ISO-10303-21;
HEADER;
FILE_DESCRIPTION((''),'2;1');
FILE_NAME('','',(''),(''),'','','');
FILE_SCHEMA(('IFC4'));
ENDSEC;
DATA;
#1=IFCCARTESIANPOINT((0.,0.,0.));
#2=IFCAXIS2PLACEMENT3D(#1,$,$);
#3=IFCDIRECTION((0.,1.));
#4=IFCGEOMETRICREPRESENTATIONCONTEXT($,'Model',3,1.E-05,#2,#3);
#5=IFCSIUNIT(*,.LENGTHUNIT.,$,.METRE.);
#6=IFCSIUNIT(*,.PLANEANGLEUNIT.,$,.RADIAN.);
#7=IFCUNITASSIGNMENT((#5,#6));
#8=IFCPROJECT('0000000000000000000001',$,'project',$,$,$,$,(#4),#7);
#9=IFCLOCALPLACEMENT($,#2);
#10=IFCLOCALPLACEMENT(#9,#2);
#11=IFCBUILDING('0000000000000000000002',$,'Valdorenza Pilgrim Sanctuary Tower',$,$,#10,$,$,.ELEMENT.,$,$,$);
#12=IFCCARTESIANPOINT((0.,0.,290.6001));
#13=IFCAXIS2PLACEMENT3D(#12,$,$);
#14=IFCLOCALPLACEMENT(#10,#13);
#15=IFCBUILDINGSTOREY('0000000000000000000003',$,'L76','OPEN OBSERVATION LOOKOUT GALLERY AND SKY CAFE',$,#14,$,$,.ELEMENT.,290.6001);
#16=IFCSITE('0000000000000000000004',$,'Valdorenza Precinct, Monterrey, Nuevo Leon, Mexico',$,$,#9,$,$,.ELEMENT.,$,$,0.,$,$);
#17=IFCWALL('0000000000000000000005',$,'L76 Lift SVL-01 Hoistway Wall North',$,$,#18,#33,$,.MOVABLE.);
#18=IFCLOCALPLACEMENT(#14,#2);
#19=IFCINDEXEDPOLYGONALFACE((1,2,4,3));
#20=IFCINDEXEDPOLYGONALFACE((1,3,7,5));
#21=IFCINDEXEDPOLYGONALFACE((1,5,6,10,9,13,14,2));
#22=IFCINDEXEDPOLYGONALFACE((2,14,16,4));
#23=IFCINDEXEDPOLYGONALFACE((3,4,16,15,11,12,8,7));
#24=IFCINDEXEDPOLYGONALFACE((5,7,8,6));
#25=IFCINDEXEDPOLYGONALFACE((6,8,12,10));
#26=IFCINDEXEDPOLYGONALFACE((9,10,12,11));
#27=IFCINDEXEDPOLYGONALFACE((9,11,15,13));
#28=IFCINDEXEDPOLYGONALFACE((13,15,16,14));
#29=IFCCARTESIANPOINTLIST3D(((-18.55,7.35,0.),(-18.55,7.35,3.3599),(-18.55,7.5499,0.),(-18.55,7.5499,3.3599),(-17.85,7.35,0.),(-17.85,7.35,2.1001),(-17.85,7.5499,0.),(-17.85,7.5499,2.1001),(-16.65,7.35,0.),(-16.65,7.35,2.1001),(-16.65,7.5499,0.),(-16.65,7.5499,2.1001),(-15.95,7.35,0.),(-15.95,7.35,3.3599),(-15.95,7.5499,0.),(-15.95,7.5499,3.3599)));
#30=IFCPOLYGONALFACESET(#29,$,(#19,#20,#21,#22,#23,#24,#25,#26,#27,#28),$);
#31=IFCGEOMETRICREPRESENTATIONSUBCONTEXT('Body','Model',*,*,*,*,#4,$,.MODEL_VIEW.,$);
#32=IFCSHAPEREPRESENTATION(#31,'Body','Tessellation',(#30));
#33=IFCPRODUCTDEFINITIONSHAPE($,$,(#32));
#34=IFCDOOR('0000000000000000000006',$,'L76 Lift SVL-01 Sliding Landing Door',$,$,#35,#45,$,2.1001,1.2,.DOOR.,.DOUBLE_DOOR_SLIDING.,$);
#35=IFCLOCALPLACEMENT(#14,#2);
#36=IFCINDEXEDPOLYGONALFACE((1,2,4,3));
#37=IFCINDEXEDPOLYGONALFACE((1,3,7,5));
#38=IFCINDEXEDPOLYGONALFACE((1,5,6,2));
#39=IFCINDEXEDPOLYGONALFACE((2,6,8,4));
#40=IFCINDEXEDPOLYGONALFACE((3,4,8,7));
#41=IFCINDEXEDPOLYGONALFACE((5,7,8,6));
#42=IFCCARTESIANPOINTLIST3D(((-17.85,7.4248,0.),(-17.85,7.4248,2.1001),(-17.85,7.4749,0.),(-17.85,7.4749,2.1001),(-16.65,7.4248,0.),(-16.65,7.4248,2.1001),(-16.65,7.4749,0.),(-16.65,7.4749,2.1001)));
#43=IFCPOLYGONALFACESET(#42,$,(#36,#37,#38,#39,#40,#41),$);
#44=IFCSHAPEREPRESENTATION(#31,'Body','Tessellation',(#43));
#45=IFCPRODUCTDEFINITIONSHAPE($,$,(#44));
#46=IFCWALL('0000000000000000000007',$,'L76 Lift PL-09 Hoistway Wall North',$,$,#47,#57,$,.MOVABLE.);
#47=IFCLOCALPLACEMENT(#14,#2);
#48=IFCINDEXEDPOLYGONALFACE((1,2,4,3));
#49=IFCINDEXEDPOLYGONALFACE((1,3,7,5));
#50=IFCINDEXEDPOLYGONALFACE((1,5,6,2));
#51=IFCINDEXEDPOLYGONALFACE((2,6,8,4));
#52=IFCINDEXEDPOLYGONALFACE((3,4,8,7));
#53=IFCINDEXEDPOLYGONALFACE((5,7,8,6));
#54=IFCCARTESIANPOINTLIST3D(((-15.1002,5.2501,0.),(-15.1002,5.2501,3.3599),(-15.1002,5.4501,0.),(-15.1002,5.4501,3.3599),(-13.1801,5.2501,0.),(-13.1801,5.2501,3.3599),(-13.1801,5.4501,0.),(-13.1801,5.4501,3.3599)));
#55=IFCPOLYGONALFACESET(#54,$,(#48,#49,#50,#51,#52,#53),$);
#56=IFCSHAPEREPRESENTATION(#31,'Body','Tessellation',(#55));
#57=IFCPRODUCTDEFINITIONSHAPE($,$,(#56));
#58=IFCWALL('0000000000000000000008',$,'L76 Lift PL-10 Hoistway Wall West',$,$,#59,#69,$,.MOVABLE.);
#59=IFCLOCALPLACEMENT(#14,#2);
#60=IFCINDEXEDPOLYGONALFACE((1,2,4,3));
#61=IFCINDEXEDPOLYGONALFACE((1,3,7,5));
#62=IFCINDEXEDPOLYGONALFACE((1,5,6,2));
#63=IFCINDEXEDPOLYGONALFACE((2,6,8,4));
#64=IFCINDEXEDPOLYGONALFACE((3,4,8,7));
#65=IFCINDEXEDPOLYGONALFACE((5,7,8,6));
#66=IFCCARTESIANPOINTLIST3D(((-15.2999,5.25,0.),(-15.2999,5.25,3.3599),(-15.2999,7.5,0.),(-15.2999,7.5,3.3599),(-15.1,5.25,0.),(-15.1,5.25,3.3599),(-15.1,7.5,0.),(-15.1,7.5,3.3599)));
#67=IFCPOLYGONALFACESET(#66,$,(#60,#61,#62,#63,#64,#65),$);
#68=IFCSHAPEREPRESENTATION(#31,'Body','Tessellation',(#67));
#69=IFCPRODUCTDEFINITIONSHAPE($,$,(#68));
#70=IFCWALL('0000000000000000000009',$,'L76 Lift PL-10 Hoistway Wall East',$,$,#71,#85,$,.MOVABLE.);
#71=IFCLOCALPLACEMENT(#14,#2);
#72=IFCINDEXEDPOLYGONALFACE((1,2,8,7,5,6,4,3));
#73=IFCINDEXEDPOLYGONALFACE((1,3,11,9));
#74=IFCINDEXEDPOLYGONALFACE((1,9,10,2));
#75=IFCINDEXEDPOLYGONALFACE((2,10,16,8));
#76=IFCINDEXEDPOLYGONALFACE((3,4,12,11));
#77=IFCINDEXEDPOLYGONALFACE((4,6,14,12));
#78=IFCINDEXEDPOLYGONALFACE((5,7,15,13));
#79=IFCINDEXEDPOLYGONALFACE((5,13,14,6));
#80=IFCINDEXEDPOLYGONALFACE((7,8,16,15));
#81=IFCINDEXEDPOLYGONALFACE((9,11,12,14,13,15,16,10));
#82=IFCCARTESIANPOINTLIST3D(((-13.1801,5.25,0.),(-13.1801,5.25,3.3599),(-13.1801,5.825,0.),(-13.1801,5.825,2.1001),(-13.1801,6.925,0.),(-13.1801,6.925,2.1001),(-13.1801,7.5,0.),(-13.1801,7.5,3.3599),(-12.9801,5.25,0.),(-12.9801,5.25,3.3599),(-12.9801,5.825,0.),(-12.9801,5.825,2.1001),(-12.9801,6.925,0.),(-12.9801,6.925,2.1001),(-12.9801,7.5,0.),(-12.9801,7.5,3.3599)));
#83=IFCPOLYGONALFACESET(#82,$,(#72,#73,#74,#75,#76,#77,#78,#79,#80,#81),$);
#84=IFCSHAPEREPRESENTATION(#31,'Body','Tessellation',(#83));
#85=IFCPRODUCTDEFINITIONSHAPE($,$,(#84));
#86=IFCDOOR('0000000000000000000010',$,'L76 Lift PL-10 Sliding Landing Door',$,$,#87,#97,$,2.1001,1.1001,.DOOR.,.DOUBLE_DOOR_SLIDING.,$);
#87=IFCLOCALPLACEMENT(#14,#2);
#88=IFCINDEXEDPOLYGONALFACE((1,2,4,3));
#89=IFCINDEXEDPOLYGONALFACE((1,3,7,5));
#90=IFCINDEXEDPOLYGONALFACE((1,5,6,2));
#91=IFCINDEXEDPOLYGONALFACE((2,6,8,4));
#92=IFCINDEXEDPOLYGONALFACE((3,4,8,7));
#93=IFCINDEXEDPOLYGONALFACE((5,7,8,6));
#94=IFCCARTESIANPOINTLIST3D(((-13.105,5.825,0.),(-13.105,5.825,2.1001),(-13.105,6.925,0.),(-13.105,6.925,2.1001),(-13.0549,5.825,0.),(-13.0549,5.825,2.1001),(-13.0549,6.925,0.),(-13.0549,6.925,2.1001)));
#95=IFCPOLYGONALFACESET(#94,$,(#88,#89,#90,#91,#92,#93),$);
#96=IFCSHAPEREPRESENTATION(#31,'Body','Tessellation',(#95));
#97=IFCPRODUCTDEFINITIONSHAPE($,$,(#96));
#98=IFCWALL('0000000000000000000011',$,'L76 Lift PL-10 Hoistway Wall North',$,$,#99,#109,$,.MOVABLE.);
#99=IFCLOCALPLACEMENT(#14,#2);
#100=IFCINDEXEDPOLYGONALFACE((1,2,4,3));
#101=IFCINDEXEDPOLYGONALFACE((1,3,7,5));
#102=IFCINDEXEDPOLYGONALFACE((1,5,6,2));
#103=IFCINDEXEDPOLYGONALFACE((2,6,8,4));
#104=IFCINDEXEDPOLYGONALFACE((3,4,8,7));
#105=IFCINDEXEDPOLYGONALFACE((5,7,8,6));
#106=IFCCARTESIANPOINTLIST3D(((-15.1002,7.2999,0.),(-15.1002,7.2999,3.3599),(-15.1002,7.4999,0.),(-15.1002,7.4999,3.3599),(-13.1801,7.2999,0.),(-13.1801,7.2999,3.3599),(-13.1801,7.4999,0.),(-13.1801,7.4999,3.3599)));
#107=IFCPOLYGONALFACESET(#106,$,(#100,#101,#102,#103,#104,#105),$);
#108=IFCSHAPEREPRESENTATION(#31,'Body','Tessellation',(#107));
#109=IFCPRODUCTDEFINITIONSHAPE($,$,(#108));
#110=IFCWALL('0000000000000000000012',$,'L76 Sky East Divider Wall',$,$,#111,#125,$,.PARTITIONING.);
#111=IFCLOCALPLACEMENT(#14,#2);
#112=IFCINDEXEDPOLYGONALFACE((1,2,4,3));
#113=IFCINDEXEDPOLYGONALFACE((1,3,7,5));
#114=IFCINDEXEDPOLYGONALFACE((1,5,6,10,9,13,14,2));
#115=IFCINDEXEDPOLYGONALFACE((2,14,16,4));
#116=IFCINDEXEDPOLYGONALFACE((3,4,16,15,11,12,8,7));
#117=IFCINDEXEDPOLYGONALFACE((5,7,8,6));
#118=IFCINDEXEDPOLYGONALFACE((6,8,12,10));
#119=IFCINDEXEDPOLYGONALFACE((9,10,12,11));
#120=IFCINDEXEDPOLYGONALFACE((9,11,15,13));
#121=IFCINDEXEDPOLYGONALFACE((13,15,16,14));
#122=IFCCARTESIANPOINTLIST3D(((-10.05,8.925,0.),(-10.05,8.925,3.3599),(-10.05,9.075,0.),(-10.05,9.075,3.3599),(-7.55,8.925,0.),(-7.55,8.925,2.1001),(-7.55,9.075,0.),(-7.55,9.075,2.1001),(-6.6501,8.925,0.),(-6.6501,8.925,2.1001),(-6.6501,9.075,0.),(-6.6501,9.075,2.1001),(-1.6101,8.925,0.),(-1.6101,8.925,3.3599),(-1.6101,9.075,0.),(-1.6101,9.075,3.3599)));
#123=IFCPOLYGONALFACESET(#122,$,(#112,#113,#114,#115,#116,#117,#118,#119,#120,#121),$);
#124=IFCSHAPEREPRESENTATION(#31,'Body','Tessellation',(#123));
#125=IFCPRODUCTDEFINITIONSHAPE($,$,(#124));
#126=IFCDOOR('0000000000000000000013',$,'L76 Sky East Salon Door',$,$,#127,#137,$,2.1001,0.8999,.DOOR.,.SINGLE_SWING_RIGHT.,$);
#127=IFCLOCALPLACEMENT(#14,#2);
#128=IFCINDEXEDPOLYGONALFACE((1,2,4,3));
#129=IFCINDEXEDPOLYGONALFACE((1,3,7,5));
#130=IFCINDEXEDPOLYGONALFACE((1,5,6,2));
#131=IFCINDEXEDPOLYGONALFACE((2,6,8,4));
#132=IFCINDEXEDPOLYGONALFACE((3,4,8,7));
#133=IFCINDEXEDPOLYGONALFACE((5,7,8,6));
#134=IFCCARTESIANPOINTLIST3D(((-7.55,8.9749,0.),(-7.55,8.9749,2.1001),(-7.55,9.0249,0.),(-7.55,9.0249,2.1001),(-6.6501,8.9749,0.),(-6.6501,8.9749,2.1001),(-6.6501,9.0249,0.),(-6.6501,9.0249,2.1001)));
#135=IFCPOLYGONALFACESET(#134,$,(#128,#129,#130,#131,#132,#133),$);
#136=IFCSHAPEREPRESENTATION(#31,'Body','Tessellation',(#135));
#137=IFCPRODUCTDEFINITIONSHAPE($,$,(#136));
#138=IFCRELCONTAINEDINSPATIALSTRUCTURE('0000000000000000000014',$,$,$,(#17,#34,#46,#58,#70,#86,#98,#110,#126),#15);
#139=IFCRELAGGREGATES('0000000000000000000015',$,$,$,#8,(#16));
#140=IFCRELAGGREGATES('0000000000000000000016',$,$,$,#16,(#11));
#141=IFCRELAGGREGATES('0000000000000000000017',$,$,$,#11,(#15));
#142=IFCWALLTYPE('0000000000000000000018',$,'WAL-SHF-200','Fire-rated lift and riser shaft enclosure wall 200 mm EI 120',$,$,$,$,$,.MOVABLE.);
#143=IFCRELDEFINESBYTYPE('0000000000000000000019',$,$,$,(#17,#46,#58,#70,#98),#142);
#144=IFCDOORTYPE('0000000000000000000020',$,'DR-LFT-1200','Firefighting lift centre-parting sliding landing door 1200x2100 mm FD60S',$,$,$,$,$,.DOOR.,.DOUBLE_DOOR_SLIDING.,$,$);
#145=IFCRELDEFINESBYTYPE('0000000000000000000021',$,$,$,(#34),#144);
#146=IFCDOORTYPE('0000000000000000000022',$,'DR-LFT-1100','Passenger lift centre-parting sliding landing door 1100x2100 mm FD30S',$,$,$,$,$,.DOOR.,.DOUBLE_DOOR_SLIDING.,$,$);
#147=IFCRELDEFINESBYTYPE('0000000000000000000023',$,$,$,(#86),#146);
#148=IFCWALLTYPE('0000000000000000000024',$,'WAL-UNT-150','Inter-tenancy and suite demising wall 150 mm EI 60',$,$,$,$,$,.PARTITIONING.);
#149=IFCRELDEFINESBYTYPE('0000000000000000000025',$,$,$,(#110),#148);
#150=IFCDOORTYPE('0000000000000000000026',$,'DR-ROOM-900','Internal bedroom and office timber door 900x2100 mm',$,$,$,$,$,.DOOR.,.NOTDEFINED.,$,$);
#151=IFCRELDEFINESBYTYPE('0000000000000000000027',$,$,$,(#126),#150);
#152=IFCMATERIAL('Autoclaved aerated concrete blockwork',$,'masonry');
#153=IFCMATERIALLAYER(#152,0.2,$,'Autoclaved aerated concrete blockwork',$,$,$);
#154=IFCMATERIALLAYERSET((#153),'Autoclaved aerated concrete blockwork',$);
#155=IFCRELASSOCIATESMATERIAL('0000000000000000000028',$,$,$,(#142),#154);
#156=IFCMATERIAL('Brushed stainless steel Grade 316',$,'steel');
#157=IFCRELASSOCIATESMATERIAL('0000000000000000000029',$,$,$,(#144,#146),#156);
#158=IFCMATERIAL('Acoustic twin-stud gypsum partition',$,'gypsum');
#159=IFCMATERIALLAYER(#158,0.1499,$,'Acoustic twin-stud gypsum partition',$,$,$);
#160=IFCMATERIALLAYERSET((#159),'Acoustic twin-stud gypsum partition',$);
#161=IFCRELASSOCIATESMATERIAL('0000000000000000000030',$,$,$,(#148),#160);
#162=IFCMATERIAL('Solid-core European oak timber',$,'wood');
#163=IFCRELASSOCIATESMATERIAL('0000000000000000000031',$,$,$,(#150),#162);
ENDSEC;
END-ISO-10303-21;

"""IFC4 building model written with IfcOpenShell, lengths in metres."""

from ifc_helpers import new_model, si_unit, direction, frame, frame_2d, origin, place, context, subcontext, project, spatial, rectangle, extrude, material, layer, layer_set, type_object, element, fill, save


model = new_model("IFC4")

# Units and contexts
model_context = context("Model", 3, precision=1e-05, world=origin(), true_north=direction((0.0, 1.0)))
body_context = subcontext(model_context, "Body", "Model", "MODEL_VIEW")
ifc_project = project(units=[si_unit("LENGTHUNIT", "METRE"), si_unit("PLANEANGLEUNIT", "RADIAN")], contexts=[model_context])

# Site, building, storey
site_placement = place(None, origin())
site = spatial("IfcSite", under=ifc_project, at=site_placement, Name="Valdorenza Precinct, Monterrey, Nuevo Leon, Mexico", CompositionType="ELEMENT", RefElevation=0.0)
building_placement = place(site_placement, origin())
building = spatial("IfcBuilding", under=site, at=building_placement, Name="Valdorenza Pilgrim Sanctuary Tower", CompositionType="ELEMENT")
storey_placement = place(building_placement, frame((0.0, 0.0, 290.6001)))
storey = spatial("IfcBuildingStorey", under=building, at=storey_placement, Name="L76", Description="OPEN OBSERVATION LOOKOUT GALLERY AND SKY CAFE", CompositionType="ELEMENT", Elevation=290.6001)

# Shared definitions
ifc_material_1 = material(Name="Acoustic twin-stud gypsum partition", Category="gypsum")

# Shared definitions
ifc_material_2 = material(Name="Solid-core European oak timber", Category="wood")

# Wall, opening, door
ifc_material_3 = material(Name="Autoclaved aerated concrete blockwork", Category="masonry")
ifc_layer_1 = layer(ifc_material_3, 0.2, Name="Autoclaved aerated concrete blockwork")
ifc_layer_set_1 = layer_set([ifc_layer_1], Name="Autoclaved aerated concrete blockwork")
wall_type_1 = type_object("IfcWallType", Name="WAL-SHF-200", Description="Fire-rated lift and riser shaft enclosure wall 200 mm EI 120", PredefinedType="MOVABLE", material=ifc_layer_set_1)
wall_1_placement = place(storey_placement, frame((-18.55, 7.45, 0.0), z_axis=(0.0, 0.0, 1.0), x_axis=(1.0, 0.0, 0.0)))
wall_1 = element("IfcWall", 1, at=wall_1_placement, inside=storey, type_object=wall_type_1, Name="L76 Lift SVL-01 Hoistway Wall North", PredefinedType="MOVABLE", context=body_context, shape_type="SweptSolid", body=[
    extrude(rectangle(XDim=2.6001, YDim=0.2, at=frame_2d((1.3, 0.0))), origin(), (0.0, 0.0, 1.0), 3.3599),
])
opening_1_placement = place(wall_1_placement, frame((0.7, 0.0, 0.0)))
opening_1 = element("IfcOpeningElement", 2, at=opening_1_placement, cuts=wall_1, PredefinedType="OPENING", context=body_context, shape_type="SweptSolid", body=[
    extrude(rectangle(XDim=1.2, YDim=2.1001, at=frame_2d((0.6001, 1.05))), frame((0.0, 0.1147, 0.0), z_axis=(0.0, -1.0, 0.0), x_axis=(1.0, 0.0, 0.0)), (0.0, 0.0, 1.0), 0.2297),
])
ifc_material_4 = material(Name="Brushed stainless steel Grade 316", Category="steel")
door_type_1 = type_object("IfcDoorType", Name="DR-LFT-1200", Description="Firefighting lift centre-parting sliding landing door 1200x2100 mm FD60S", OperationType="DOUBLE_DOOR_SLIDING", PredefinedType="DOOR", material=ifc_material_4)
door_1_placement = place(opening_1_placement, origin())
door_1 = element("IfcDoor", 3, at=door_1_placement, inside=storey, type_object=door_type_1, Name="L76 Lift SVL-01 Sliding Landing Door", OperationType="DOUBLE_DOOR_SLIDING", OverallHeight=2.1001, OverallWidth=1.2, PredefinedType="DOOR", context=body_context, shape_type="SweptSolid", body=[
    extrude(rectangle(XDim=1.2, YDim=2.1001, at=frame_2d((0.6001, 1.05))), frame((0.0, 0.0249, 0.0), z_axis=(0.0, -1.0, 0.0), x_axis=(1.0, 0.0, 0.0)), (0.0, 0.0, 1.0), 0.05),
])
fill(opening_1, door_1)

# Walls
wall_2_placement = place(storey_placement, frame((-15.1001, 5.3501, 0.0), z_axis=(0.0, 0.0, 1.0), x_axis=(1.0, 0.0, 0.0)))
element("IfcWall", 4, at=wall_2_placement, inside=storey, type_object=wall_type_1, Name="L76 Lift PL-09 Hoistway Wall North", PredefinedType="MOVABLE", context=body_context, shape_type="SweptSolid", body=[
    extrude(rectangle(XDim=1.9202, YDim=0.2, at=frame_2d((0.96, 0.0))), origin(), (0.0, 0.0, 1.0), 3.3599),
])
wall_3_placement = place(storey_placement, frame((-15.2, 5.25, 0.0), z_axis=(0.0, 0.0, 1.0), x_axis=(0.0, 1.0, 0.0)))
element("IfcWall", 5, at=wall_3_placement, inside=storey, type_object=wall_type_1, Name="L76 Lift PL-10 Hoistway Wall West", PredefinedType="MOVABLE", context=body_context, shape_type="SweptSolid", body=[
    extrude(rectangle(XDim=2.25, YDim=0.2, at=frame_2d((1.125, 0.0))), origin(), (0.0, 0.0, 1.0), 3.3599),
])

# Wall, opening, door
wall_4_placement = place(storey_placement, frame((-13.0801, 5.25, 0.0), z_axis=(0.0, 0.0, 1.0), x_axis=(0.0, 1.0, 0.0)))
wall_4 = element("IfcWall", 6, at=wall_4_placement, inside=storey, type_object=wall_type_1, Name="L76 Lift PL-10 Hoistway Wall East", PredefinedType="MOVABLE", context=body_context, shape_type="SweptSolid", body=[
    extrude(rectangle(XDim=2.25, YDim=0.2, at=frame_2d((1.125, 0.0))), origin(), (0.0, 0.0, 1.0), 3.3599),
])
opening_2_placement = place(wall_4_placement, frame((0.575, 0.0, 0.0)))
opening_2 = element("IfcOpeningElement", 7, at=opening_2_placement, cuts=wall_4, PredefinedType="OPENING", context=body_context, shape_type="SweptSolid", body=[
    extrude(rectangle(XDim=1.1001, YDim=2.1001, at=frame_2d((0.55, 1.05))), frame((0.0, 0.1147, 0.0), z_axis=(0.0, -1.0, 0.0), x_axis=(1.0, 0.0, 0.0)), (0.0, 0.0, 1.0), 0.2297),
])
door_type_2 = type_object("IfcDoorType", Name="DR-LFT-1100", Description="Passenger lift centre-parting sliding landing door 1100x2100 mm FD30S", OperationType="DOUBLE_DOOR_SLIDING", PredefinedType="DOOR", material=ifc_material_4)
door_2_placement = place(opening_2_placement, origin())
door_2 = element("IfcDoor", 8, at=door_2_placement, inside=storey, type_object=door_type_2, Name="L76 Lift PL-10 Sliding Landing Door", OperationType="DOUBLE_DOOR_SLIDING", OverallHeight=2.1001, OverallWidth=1.1001, PredefinedType="DOOR", context=body_context, shape_type="SweptSolid", body=[
    extrude(rectangle(XDim=1.1001, YDim=2.1001, at=frame_2d((0.55, 1.05))), frame((0.0, 0.0249, 0.0), z_axis=(0.0, -1.0, 0.0), x_axis=(1.0, 0.0, 0.0)), (0.0, 0.0, 1.0), 0.05),
])
fill(opening_2, door_2)

# Wall
wall_5_placement = place(storey_placement, frame((-15.1001, 7.3999, 0.0), z_axis=(0.0, 0.0, 1.0), x_axis=(1.0, 0.0, 0.0)))
element("IfcWall", 9, at=wall_5_placement, inside=storey, type_object=wall_type_1, Name="L76 Lift PL-10 Hoistway Wall North", PredefinedType="MOVABLE", context=body_context, shape_type="SweptSolid", body=[
    extrude(rectangle(XDim=1.9202, YDim=0.2, at=frame_2d((0.96, 0.0))), origin(), (0.0, 0.0, 1.0), 3.3599),
])

# Wall, opening, door
ifc_layer_2 = layer(ifc_material_1, 0.1499, Name="Acoustic twin-stud gypsum partition")
ifc_layer_set_2 = layer_set([ifc_layer_2], Name="Acoustic twin-stud gypsum partition")
wall_type_2 = type_object("IfcWallType", Name="WAL-UNT-150", Description="Inter-tenancy and suite demising wall 150 mm EI 60", PredefinedType="PARTITIONING", material=ifc_layer_set_2)
wall_6_placement = place(storey_placement, frame((-10.05, 9.0, 0.0), z_axis=(0.0, 0.0, 1.0), x_axis=(1.0, 0.0, 0.0)))
wall_6 = element("IfcWall", 10, at=wall_6_placement, inside=storey, type_object=wall_type_2, Name="L76 Sky East Divider Wall", PredefinedType="PARTITIONING", context=body_context, shape_type="SweptSolid", body=[
    extrude(rectangle(XDim=8.4399, YDim=0.1499, at=frame_2d((4.22, 0.0))), origin(), (0.0, 0.0, 1.0), 3.3599),
])
opening_3_placement = place(wall_6_placement, frame((2.5, 0.0, 0.0)))
opening_3 = element("IfcOpeningElement", 11, at=opening_3_placement, cuts=wall_6, PredefinedType="OPENING", context=body_context, shape_type="SweptSolid", body=[
    extrude(rectangle(XDim=0.8999, YDim=2.1001, at=frame_2d((0.45, 1.05))), frame((0.0, 0.0898, 0.0), z_axis=(0.0, -1.0, 0.0), x_axis=(1.0, 0.0, 0.0)), (0.0, 0.0, 1.0), 0.1797),
])
door_type_3 = type_object("IfcDoorType", Name="DR-ROOM-900", Description="Internal bedroom and office timber door 900x2100 mm", OperationType="NOTDEFINED", PredefinedType="DOOR", material=ifc_material_2)
door_3_placement = place(opening_3_placement, origin())
door_3 = element("IfcDoor", 12, at=door_3_placement, inside=storey, type_object=door_type_3, Name="L76 Sky East Salon Door", OperationType="SINGLE_SWING_RIGHT", OverallHeight=2.1001, OverallWidth=0.8999, PredefinedType="DOOR", context=body_context, shape_type="SweptSolid", body=[
    extrude(rectangle(XDim=0.8999, YDim=2.1001, at=frame_2d((0.45, 1.05))), frame((0.0, 0.0249, 0.0), z_axis=(0.0, -1.0, 0.0), x_axis=(1.0, 0.0, 0.0)), (0.0, 0.0, 1.0), 0.05),
])
fill(opening_3, door_3)

save(model, "model.ifc")
